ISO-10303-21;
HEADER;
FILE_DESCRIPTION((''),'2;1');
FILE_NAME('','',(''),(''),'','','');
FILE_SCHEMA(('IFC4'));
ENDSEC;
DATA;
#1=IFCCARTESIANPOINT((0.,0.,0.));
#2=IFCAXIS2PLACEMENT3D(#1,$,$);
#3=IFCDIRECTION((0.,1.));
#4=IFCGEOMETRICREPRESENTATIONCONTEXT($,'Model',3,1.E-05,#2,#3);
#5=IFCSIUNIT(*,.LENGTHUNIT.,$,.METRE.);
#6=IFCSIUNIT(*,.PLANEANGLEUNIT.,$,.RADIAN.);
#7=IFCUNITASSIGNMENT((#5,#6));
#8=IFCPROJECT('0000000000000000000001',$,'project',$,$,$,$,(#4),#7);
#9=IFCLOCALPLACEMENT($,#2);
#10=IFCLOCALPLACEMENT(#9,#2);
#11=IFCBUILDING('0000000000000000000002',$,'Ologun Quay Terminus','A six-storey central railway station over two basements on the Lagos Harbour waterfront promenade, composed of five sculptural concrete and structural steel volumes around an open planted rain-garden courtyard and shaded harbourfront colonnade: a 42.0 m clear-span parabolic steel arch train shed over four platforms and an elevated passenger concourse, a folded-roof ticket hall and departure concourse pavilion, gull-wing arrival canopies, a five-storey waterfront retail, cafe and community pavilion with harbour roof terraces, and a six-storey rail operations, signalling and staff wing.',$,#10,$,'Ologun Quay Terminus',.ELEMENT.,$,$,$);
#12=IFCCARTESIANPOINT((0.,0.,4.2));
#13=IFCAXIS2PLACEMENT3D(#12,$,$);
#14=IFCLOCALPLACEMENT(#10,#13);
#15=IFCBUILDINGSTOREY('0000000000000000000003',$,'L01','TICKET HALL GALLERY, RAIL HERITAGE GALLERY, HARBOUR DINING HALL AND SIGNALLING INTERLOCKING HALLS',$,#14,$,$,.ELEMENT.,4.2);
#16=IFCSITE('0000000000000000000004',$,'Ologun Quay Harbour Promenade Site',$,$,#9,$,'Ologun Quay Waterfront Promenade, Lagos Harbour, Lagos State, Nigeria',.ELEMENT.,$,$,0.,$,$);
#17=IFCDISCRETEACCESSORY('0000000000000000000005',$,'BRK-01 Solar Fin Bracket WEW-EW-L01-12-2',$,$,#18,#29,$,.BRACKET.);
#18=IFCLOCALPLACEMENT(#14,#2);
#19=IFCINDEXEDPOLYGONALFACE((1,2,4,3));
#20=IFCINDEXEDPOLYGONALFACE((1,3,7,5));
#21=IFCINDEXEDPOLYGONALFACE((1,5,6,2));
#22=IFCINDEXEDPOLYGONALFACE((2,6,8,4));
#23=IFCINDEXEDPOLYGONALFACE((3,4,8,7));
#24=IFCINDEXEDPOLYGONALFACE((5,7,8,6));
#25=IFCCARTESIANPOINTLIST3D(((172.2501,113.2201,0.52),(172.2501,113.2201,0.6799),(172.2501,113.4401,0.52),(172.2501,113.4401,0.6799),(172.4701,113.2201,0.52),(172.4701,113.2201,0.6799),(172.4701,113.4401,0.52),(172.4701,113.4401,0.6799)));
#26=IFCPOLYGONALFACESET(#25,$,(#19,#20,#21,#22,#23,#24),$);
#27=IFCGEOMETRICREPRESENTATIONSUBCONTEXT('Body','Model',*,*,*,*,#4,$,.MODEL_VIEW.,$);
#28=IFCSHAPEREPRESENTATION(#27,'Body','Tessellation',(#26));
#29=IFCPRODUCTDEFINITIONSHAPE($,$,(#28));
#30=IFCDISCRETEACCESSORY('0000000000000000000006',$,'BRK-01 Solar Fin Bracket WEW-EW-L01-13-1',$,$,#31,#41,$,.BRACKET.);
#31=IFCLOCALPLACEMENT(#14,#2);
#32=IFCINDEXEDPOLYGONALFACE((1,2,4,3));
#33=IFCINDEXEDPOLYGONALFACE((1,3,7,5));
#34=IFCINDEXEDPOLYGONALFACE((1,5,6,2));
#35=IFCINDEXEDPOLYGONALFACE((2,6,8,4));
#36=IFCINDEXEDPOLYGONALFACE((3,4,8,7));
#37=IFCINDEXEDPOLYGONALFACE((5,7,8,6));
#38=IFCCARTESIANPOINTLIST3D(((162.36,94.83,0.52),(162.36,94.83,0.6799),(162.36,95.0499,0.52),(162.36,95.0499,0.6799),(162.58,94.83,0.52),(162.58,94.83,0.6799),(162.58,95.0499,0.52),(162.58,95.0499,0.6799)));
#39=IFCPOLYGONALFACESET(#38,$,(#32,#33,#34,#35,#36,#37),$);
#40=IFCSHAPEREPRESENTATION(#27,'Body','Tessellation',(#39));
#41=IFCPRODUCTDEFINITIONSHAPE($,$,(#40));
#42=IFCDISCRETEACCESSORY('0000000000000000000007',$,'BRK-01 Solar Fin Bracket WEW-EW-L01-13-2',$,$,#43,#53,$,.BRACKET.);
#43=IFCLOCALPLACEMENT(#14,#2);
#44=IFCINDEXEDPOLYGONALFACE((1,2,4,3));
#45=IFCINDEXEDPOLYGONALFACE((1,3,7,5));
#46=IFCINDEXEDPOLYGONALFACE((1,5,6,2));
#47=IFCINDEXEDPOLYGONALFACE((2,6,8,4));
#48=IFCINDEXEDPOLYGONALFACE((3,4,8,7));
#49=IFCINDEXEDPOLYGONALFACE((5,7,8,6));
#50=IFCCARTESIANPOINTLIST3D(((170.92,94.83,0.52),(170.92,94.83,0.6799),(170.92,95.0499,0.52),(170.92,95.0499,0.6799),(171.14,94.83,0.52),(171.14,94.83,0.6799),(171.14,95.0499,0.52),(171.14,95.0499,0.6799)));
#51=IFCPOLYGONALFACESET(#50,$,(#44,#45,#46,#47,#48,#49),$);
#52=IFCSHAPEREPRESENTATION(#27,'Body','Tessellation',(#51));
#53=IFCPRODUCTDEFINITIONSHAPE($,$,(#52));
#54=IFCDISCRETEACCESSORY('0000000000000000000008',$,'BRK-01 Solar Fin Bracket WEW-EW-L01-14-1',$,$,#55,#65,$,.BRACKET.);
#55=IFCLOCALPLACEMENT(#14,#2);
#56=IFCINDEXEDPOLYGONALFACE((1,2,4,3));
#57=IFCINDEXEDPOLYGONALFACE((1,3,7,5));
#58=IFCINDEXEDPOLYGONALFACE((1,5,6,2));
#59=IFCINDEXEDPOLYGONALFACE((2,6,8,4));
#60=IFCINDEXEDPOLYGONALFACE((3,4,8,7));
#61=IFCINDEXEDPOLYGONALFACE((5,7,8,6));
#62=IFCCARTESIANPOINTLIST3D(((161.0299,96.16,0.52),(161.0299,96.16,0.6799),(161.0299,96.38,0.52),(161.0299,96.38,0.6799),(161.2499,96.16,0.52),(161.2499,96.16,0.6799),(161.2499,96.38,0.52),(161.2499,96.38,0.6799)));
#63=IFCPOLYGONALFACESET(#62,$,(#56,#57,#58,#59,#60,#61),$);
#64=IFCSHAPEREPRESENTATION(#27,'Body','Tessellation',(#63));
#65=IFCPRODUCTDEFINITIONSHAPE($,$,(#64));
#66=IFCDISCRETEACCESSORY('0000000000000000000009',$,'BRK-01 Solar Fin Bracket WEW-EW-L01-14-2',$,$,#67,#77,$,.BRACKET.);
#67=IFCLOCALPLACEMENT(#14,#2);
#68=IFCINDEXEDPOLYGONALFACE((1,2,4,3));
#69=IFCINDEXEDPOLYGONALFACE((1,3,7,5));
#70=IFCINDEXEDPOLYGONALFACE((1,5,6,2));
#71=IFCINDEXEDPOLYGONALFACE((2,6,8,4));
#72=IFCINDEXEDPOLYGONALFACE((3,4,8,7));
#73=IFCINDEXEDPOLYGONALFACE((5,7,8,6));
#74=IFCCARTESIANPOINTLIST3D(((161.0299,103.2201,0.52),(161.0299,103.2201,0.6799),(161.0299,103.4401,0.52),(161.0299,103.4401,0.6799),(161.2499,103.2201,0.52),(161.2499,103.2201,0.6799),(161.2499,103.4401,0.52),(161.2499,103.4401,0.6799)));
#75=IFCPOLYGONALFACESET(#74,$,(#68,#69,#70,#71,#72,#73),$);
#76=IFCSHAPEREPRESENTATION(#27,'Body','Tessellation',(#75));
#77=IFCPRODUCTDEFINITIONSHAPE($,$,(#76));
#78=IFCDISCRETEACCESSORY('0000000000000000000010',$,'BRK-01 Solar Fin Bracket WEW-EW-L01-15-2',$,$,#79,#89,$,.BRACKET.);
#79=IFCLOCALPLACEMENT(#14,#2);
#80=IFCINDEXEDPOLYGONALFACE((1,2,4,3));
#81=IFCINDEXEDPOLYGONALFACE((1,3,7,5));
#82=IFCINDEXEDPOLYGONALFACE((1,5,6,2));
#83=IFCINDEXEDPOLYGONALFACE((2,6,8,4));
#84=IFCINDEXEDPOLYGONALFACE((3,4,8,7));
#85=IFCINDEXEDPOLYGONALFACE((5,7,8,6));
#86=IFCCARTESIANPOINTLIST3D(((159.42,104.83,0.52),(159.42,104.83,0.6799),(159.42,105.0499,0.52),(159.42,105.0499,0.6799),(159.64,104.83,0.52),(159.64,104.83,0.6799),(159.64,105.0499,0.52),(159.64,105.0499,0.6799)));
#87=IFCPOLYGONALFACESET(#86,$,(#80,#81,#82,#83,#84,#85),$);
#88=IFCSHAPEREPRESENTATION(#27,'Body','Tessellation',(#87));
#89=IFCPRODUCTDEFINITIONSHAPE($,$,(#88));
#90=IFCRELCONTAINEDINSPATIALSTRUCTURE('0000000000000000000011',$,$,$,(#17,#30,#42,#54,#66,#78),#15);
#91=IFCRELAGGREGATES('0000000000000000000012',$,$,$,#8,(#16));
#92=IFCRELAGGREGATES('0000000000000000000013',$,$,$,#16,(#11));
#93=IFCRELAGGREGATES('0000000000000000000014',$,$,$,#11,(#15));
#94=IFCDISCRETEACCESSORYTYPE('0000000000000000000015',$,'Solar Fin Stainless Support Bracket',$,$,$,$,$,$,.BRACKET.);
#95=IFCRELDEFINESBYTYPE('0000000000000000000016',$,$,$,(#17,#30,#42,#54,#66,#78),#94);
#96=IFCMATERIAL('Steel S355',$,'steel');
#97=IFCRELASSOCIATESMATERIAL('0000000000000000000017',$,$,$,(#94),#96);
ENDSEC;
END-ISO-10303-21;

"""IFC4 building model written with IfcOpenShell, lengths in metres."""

from ifc_helpers import new_model, si_unit, direction, frame, origin, origin_2d, place, context, subcontext, project, spatial, rectangle, extrude, material, type_object, element, save


model = new_model("IFC4")

# Units and contexts
model_context = context("Model", 3, precision=1e-05, world=origin(), true_north=direction((0.0, 1.0)))
body_context = subcontext(model_context, "Body", "Model", "MODEL_VIEW")
ifc_project = project(units=[si_unit("LENGTHUNIT", "METRE"), si_unit("PLANEANGLEUNIT", "RADIAN")], contexts=[model_context])

# Site, building, storey
site_placement = place(None, origin())
site = spatial("IfcSite", under=ifc_project, at=site_placement, Name="Ologun Quay Harbour Promenade Site", LongName="Ologun Quay Waterfront Promenade, Lagos Harbour, Lagos State, Nigeria", CompositionType="ELEMENT", RefElevation=0.0)
building_placement = place(site_placement, origin())
building = spatial("IfcBuilding", under=site, at=building_placement, Name="Ologun Quay Terminus", Description="A six-storey central railway station over two basements on the Lagos Harbour waterfront promenade, composed of five sculptural concrete and structural steel volumes around an open planted rain-garden courtyard and shaded harbourfront colonnade: a 42.0 m clear-span parabolic steel arch train shed over four platforms and an elevated passenger concourse, a folded-roof ticket hall and departure concourse pavilion, gull-wing arrival canopies, a five-storey waterfront retail, cafe and community pavilion with harbour roof terraces, and a six-storey rail operations, signalling and staff wing.", LongName="Ologun Quay Terminus", CompositionType="ELEMENT")
storey_placement = place(building_placement, frame((0.0, 0.0, 4.2)))
storey = spatial("IfcBuildingStorey", under=building, at=storey_placement, Name="L01", Description="TICKET HALL GALLERY, RAIL HERITAGE GALLERY, HARBOUR DINING HALL AND SIGNALLING INTERLOCKING HALLS", CompositionType="ELEMENT", Elevation=4.2)

# Discrete accessories
ifc_material_1 = material(Name="Steel S355", Category="steel")
discrete_accessory_type = type_object("IfcDiscreteAccessoryType", Name="Solar Fin Stainless Support Bracket", PredefinedType="BRACKET", material=ifc_material_1)
for number, where, z_axis, x_axis, name in (
    (1, (172.3601, 113.3301, 0.52), (0.0, 0.0, 1.0), (1.0, 0.0, 0.0), "BRK-01 Solar Fin Bracket WEW-EW-L01-12-2"),
    (2, (162.47, 94.9399, 0.52), (0.0, 0.0, 1.0), (1.0, 0.0, 0.0), "BRK-01 Solar Fin Bracket WEW-EW-L01-13-1"),
    (3, (171.03, 94.9399, 0.52), (0.0, 0.0, 1.0), (1.0, 0.0, 0.0), "BRK-01 Solar Fin Bracket WEW-EW-L01-13-2"),
    (4, (161.1399, 96.27, 0.52), (0.0, 0.0, 1.0), (1.0, 0.0, 0.0), "BRK-01 Solar Fin Bracket WEW-EW-L01-14-1"),
    (5, (161.1399, 103.3301, 0.52), (0.0, 0.0, 1.0), (1.0, 0.0, 0.0), "BRK-01 Solar Fin Bracket WEW-EW-L01-14-2"),
    (6, (159.53, 104.9399, 0.52), (0.0, 0.0, 1.0), (1.0, 0.0, 0.0), "BRK-01 Solar Fin Bracket WEW-EW-L01-15-2"),
):
    element("IfcDiscreteAccessory", number, at=place(storey_placement, frame(where, z_axis=z_axis, x_axis=x_axis)), inside=storey, type_object=discrete_accessory_type, Name=name, PredefinedType="BRACKET", context=body_context, shape_type="SweptSolid", body=[
        extrude(rectangle(XDim=0.22, YDim=0.22, at=origin_2d()), origin(), (0.0, 0.0, 1.0), 0.1599),
    ])

save(model, "model.ifc")
